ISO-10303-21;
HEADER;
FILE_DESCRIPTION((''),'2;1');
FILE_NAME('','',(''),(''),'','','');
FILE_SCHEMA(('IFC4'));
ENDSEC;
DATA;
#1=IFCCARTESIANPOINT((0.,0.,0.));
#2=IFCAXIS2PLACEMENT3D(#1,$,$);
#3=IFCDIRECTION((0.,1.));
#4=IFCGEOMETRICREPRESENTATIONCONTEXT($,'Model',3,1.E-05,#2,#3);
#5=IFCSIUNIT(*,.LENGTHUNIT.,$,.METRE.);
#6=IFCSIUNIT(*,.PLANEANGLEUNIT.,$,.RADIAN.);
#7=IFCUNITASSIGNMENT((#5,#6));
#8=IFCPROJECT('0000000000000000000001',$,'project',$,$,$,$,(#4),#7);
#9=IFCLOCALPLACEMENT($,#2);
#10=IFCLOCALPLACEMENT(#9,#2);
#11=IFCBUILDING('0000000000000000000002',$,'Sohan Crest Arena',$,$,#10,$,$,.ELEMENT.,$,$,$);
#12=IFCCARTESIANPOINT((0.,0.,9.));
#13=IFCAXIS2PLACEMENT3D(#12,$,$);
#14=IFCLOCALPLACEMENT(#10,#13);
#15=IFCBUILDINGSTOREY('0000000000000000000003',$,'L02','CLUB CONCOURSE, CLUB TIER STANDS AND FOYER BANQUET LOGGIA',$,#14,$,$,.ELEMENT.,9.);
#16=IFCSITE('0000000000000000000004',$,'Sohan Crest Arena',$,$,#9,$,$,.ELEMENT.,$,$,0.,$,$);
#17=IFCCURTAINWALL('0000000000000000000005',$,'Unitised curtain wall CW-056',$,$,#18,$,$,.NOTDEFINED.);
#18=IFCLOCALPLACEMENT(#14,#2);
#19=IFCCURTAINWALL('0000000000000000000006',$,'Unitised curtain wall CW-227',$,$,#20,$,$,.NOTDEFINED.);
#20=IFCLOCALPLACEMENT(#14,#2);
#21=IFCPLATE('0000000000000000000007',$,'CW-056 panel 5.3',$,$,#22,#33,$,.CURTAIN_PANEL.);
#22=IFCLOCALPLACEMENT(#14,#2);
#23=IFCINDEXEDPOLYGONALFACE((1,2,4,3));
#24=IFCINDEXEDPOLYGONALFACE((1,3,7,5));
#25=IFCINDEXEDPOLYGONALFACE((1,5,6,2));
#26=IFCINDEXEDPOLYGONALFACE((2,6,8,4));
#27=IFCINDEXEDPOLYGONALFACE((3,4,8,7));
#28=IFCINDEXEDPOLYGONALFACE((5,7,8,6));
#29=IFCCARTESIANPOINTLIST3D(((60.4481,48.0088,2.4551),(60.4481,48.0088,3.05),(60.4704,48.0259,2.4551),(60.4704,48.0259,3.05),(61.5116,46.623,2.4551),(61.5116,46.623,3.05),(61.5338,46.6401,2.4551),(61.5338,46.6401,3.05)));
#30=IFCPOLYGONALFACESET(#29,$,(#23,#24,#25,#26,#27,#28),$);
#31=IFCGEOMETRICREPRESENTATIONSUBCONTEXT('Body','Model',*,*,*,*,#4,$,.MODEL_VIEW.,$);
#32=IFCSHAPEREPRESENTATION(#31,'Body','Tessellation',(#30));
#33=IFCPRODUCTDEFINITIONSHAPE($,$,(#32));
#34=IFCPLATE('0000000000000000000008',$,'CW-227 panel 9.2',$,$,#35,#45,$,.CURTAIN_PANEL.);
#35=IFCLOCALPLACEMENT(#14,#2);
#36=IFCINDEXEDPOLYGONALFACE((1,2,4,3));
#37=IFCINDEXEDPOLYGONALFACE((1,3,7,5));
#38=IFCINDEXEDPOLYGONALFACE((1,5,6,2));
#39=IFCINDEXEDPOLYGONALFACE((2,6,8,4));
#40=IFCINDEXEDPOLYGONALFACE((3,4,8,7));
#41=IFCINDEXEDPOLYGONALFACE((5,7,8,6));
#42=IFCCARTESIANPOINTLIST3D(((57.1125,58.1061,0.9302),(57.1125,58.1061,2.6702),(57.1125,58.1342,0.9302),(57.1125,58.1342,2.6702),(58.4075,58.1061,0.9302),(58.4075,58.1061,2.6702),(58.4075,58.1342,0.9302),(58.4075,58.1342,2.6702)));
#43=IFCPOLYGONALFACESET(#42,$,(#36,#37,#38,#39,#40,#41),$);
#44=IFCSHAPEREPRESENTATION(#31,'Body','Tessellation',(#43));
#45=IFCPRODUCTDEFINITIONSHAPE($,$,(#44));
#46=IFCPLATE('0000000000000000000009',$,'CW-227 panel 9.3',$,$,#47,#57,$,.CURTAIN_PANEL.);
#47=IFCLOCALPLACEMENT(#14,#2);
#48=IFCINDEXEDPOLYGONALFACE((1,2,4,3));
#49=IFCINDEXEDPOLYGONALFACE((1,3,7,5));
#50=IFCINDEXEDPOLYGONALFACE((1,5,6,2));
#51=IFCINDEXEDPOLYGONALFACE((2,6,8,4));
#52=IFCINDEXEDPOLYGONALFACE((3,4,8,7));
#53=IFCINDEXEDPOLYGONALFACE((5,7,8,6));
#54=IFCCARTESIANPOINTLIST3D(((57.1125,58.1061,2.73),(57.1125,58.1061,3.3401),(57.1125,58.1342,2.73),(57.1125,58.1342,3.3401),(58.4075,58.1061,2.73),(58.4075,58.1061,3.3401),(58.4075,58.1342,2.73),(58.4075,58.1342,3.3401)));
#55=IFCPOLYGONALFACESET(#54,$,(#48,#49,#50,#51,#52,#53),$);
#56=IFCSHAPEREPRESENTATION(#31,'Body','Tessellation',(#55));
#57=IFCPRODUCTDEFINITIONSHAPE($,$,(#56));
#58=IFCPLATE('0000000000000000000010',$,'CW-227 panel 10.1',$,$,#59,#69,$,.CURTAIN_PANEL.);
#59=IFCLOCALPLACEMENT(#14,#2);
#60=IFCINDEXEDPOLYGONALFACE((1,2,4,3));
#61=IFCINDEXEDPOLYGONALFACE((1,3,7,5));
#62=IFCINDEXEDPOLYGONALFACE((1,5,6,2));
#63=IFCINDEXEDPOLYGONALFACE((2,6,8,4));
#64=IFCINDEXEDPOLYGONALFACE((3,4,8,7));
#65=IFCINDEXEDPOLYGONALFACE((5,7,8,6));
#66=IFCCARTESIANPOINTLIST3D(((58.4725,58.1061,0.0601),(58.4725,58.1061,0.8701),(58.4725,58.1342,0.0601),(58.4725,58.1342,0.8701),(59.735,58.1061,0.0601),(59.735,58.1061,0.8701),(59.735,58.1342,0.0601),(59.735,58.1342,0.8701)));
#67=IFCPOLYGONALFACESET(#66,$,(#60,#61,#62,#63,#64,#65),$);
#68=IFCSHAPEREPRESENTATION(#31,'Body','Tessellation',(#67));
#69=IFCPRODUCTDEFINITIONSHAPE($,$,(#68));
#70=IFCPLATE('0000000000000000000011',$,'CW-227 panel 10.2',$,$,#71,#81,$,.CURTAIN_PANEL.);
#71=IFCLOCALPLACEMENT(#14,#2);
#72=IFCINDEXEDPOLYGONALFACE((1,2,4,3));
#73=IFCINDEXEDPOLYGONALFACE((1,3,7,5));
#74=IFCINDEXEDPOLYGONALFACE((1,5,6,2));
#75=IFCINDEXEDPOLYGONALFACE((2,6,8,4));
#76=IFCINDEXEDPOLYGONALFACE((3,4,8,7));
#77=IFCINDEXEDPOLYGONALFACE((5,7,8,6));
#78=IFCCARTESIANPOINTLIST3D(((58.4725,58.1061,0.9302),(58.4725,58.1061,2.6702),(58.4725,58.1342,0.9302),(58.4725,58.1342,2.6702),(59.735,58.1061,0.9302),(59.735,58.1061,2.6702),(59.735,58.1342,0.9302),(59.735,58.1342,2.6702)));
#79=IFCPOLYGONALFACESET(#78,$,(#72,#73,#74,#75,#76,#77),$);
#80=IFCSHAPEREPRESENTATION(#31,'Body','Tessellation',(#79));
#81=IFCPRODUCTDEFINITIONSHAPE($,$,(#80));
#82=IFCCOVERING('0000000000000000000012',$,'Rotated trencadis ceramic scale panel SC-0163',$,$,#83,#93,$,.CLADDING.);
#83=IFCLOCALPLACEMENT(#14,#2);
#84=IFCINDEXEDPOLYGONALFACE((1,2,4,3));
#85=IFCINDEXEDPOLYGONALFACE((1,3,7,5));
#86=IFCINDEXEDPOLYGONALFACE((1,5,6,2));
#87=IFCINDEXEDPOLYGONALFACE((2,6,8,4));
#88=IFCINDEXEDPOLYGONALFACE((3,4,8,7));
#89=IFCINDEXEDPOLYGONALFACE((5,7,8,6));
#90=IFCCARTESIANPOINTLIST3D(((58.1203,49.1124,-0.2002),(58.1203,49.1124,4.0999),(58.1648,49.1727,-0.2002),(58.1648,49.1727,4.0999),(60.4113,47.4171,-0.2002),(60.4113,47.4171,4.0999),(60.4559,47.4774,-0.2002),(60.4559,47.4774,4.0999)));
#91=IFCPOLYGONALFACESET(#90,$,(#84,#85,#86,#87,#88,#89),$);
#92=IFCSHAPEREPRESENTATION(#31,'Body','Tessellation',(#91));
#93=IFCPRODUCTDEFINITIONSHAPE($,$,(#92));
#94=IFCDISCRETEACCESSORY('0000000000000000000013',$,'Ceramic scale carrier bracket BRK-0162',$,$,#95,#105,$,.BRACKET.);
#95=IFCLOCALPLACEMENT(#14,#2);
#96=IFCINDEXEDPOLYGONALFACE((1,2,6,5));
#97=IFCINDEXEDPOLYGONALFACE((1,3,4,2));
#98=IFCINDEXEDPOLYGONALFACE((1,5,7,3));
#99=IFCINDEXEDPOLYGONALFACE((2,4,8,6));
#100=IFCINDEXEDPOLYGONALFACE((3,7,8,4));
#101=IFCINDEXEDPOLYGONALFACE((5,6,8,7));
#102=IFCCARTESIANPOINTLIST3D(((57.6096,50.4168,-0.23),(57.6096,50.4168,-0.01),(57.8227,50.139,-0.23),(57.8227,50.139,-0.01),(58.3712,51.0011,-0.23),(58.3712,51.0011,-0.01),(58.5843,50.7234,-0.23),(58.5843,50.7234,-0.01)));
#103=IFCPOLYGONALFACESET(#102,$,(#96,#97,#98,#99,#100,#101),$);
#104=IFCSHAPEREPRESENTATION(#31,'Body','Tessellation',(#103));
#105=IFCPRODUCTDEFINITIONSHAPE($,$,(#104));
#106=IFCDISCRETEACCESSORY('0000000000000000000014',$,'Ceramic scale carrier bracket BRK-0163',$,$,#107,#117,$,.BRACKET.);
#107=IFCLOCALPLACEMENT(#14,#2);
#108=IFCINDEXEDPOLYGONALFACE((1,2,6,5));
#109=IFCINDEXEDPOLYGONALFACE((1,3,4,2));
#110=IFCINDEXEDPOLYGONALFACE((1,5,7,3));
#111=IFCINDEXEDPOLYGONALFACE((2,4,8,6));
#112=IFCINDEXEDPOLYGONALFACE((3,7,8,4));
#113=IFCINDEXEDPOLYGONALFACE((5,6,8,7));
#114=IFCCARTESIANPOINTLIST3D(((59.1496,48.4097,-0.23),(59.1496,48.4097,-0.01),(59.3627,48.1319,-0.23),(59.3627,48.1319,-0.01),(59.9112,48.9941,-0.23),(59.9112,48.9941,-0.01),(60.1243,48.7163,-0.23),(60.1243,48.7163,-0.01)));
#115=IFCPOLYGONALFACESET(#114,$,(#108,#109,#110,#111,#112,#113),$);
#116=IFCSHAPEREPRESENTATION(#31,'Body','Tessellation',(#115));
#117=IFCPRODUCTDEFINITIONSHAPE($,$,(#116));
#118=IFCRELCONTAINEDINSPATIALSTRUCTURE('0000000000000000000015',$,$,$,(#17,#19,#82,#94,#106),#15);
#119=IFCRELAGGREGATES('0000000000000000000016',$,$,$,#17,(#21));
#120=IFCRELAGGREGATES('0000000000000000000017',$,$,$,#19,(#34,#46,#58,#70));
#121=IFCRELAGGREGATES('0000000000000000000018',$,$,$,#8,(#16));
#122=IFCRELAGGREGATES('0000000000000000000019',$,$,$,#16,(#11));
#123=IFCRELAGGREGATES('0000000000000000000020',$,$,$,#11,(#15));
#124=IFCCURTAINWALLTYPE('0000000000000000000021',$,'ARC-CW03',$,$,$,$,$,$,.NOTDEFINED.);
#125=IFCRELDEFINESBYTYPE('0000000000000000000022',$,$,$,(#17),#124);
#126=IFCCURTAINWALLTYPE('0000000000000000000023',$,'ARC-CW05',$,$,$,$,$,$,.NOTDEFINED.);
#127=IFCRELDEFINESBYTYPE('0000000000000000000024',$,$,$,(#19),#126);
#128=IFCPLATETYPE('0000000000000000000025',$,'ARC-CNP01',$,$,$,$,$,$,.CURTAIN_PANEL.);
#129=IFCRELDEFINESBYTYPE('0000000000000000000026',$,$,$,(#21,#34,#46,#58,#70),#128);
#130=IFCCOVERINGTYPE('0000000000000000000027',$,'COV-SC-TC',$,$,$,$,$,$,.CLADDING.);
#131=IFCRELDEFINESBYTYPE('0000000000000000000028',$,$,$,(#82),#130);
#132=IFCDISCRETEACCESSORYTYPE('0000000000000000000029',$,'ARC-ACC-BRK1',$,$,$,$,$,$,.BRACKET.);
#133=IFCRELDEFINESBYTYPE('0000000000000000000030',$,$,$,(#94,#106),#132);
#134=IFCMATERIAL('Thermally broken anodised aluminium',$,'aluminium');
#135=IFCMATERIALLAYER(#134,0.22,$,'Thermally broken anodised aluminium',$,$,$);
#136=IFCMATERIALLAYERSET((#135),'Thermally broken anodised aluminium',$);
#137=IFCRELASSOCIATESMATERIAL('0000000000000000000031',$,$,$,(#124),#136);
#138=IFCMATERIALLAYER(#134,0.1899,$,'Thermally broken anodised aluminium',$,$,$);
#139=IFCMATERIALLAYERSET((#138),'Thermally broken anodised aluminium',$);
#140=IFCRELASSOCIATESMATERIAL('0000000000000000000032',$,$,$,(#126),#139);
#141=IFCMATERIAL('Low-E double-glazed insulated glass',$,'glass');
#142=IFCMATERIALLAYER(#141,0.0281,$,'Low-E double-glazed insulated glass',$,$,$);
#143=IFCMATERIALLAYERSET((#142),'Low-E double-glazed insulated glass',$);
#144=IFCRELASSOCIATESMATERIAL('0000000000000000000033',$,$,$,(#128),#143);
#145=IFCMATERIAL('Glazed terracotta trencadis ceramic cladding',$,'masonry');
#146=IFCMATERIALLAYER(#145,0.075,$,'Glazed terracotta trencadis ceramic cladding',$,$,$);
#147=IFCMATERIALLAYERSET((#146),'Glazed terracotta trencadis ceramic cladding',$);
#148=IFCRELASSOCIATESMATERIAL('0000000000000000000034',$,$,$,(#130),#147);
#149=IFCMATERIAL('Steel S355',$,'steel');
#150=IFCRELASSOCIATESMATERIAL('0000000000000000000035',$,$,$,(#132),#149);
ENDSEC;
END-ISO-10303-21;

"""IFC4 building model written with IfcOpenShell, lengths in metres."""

from ifc_helpers import new_model, si_unit, direction, frame, origin, origin_2d, place, context, subcontext, project, spatial, rectangle, extrude, material, layer, layer_set, type_object, element, aggregate, save


model = new_model("IFC4")

# Units and contexts
model_context = context("Model", 3, precision=1e-05, world=origin(), true_north=direction((0.0, 1.0)))
body_context = subcontext(model_context, "Body", "Model", "MODEL_VIEW")
ifc_project = project(units=[si_unit("LENGTHUNIT", "METRE"), si_unit("PLANEANGLEUNIT", "RADIAN")], contexts=[model_context])

# Site, building, storey
site_placement = place(None, origin())
site = spatial("IfcSite", under=ifc_project, at=site_placement, Name="Sohan Crest Arena", CompositionType="ELEMENT", RefElevation=0.0)
building_placement = place(site_placement, origin())
building = spatial("IfcBuilding", under=site, at=building_placement, Name="Sohan Crest Arena", CompositionType="ELEMENT")
storey_placement = place(building_placement, frame((0.0, 0.0, 9.0)))
storey = spatial("IfcBuildingStorey", under=building, at=storey_placement, Name="L02", Description="CLUB CONCOURSE, CLUB TIER STANDS AND FOYER BANQUET LOGGIA", CompositionType="ELEMENT", Elevation=9.0)

# Curtain walls
ifc_material_1 = material(Name="Thermally broken anodised aluminium", Category="aluminium")
ifc_layer_1 = layer(ifc_material_1, 0.22, Name="Thermally broken anodised aluminium")
ifc_layer_set_1 = layer_set([ifc_layer_1], Name="Thermally broken anodised aluminium")
curtain_wall_type_1 = type_object("IfcCurtainWallType", Name="ARC-CW03", PredefinedType="NOTDEFINED", material=ifc_layer_set_1)
curtain_wall_1_placement = place(storey_placement, origin())
curtain_wall_1 = element("IfcCurtainWall", 1, at=curtain_wall_1_placement, inside=storey, type_object=curtain_wall_type_1, Name="Unitised curtain wall CW-056", PredefinedType="NOTDEFINED")
ifc_layer_2 = layer(ifc_material_1, 0.1899, Name="Thermally broken anodised aluminium")
ifc_layer_set_2 = layer_set([ifc_layer_2], Name="Thermally broken anodised aluminium")
curtain_wall_type_2 = type_object("IfcCurtainWallType", Name="ARC-CW05", PredefinedType="NOTDEFINED", material=ifc_layer_set_2)
curtain_wall_2_placement = place(storey_placement, origin())
curtain_wall_2 = element("IfcCurtainWall", 2, at=curtain_wall_2_placement, inside=storey, type_object=curtain_wall_type_2, Name="Unitised curtain wall CW-227", PredefinedType="NOTDEFINED")

# Shared definitions
ifc_material_2 = material(Name="Steel S355", Category="steel")

# Plates
ifc_material_3 = material(Name="Low-E double-glazed insulated glass", Category="glass")
ifc_layer_3 = layer(ifc_material_3, 0.0281, Name="Low-E double-glazed insulated glass")
ifc_layer_set_3 = layer_set([ifc_layer_3], Name="Low-E double-glazed insulated glass")
plate_type = type_object("IfcPlateType", Name="ARC-CNP01", PredefinedType="CURTAIN_PANEL", material=ifc_layer_set_3)
plate_1_placement = place(storey_placement, frame((60.991, 47.3245, 2.4551), z_axis=(0.0, 0.0, 1.0), x_axis=(0.608793, -0.793329, 0.0)))
plate_1 = element("IfcPlate", 3, at=plate_1_placement, type_object=plate_type, Name="CW-056 panel 5.3", PredefinedType="CURTAIN_PANEL", context=body_context, shape_type="SweptSolid", body=[
    extrude(rectangle(XDim=1.7468, YDim=0.0281, at=origin_2d()), origin(), (0.0, 0.0, 1.0), 0.595),
])
aggregate(curtain_wall_1, [plate_1])
plate_2_placement = place(storey_placement, frame((57.76, 58.1201, 0.9302), z_axis=(0.0, 0.0, 1.0), x_axis=(1.0, 0.0, 0.0)))
plate_2 = element("IfcPlate", 4, at=plate_2_placement, type_object=plate_type, Name="CW-227 panel 9.2", PredefinedType="CURTAIN_PANEL", context=body_context, shape_type="SweptSolid", body=[
    extrude(rectangle(XDim=1.2949, YDim=0.0281, at=origin_2d()), origin(), (0.0, 0.0, 1.0), 1.74),
])
plate_3_placement = place(storey_placement, frame((57.76, 58.1201, 2.73), z_axis=(0.0, 0.0, 1.0), x_axis=(1.0, 0.0, 0.0)))
plate_3 = element("IfcPlate", 5, at=plate_3_placement, type_object=plate_type, Name="CW-227 panel 9.3", PredefinedType="CURTAIN_PANEL", context=body_context, shape_type="SweptSolid", body=[
    extrude(rectangle(XDim=1.2949, YDim=0.0281, at=origin_2d()), origin(), (0.0, 0.0, 1.0), 0.6101),
])
plate_4_placement = place(storey_placement, frame((59.1038, 58.1201, 0.0601), z_axis=(0.0, 0.0, 1.0), x_axis=(1.0, 0.0, 0.0)))
plate_4 = element("IfcPlate", 6, at=plate_4_placement, type_object=plate_type, Name="CW-227 panel 10.1", PredefinedType="CURTAIN_PANEL", context=body_context, shape_type="SweptSolid", body=[
    extrude(rectangle(XDim=1.2625, YDim=0.0281, at=origin_2d()), origin(), (0.0, 0.0, 1.0), 0.8101),
])
plate_5_placement = place(storey_placement, frame((59.1038, 58.1201, 0.9302), z_axis=(0.0, 0.0, 1.0), x_axis=(1.0, 0.0, 0.0)))
plate_5 = element("IfcPlate", 7, at=plate_5_placement, type_object=plate_type, Name="CW-227 panel 10.2", PredefinedType="CURTAIN_PANEL", context=body_context, shape_type="SweptSolid", body=[
    extrude(rectangle(XDim=1.2625, YDim=0.0281, at=origin_2d()), origin(), (0.0, 0.0, 1.0), 1.74),
])
aggregate(curtain_wall_2, [plate_2, plate_3, plate_4, plate_5])

# Covering
ifc_material_4 = material(Name="Glazed terracotta trencadis ceramic cladding", Category="masonry")
ifc_layer_4 = layer(ifc_material_4, 0.075, Name="Glazed terracotta trencadis ceramic cladding")
ifc_layer_set_4 = layer_set([ifc_layer_4], Name="Glazed terracotta trencadis ceramic cladding")
covering_type = type_object("IfcCoveringType", Name="COV-SC-TC", PredefinedType="CLADDING", material=ifc_layer_set_4)
covering_placement = place(storey_placement, frame((59.2881, 48.2949, -0.2002), z_axis=(0.0, 0.0, 1.0), x_axis=(0.803857, -0.594823, 0.0)))
element("IfcCovering", 8, at=covering_placement, inside=storey, type_object=covering_type, Name="Rotated trencadis ceramic scale panel SC-0163", PredefinedType="CLADDING", context=body_context, shape_type="SweptSolid", body=[
    extrude(rectangle(XDim=2.8501, YDim=0.075, at=origin_2d()), origin(), (0.0, 0.0, 1.0), 4.3),
])

# Discrete accessories
discrete_accessory_type = type_object("IfcDiscreteAccessoryType", Name="ARC-ACC-BRK1", PredefinedType="BRACKET", material=ifc_material_2)
for number, where, z_axis, x_axis, name in (
    (9, (58.0969, 50.5701, -0.23), (0.0, 0.0, 1.0), (0.608761, -0.793353, 0.0), "Ceramic scale carrier bracket BRK-0162"),
    (10, (59.637, 48.563, -0.23), (0.0, 0.0, 1.0), (0.608761, -0.793353, 0.0), "Ceramic scale carrier bracket BRK-0163"),
):
    element("IfcDiscreteAccessory", number, at=place(storey_placement, frame(where, z_axis=z_axis, x_axis=x_axis)), inside=storey, type_object=discrete_accessory_type, Name=name, PredefinedType="BRACKET", context=body_context, shape_type="SweptSolid", body=[
        extrude(rectangle(XDim=0.3501, YDim=0.96, at=origin_2d()), origin(), (0.0, 0.0, 1.0), 0.22),
    ])

save(model, "model.ifc")
